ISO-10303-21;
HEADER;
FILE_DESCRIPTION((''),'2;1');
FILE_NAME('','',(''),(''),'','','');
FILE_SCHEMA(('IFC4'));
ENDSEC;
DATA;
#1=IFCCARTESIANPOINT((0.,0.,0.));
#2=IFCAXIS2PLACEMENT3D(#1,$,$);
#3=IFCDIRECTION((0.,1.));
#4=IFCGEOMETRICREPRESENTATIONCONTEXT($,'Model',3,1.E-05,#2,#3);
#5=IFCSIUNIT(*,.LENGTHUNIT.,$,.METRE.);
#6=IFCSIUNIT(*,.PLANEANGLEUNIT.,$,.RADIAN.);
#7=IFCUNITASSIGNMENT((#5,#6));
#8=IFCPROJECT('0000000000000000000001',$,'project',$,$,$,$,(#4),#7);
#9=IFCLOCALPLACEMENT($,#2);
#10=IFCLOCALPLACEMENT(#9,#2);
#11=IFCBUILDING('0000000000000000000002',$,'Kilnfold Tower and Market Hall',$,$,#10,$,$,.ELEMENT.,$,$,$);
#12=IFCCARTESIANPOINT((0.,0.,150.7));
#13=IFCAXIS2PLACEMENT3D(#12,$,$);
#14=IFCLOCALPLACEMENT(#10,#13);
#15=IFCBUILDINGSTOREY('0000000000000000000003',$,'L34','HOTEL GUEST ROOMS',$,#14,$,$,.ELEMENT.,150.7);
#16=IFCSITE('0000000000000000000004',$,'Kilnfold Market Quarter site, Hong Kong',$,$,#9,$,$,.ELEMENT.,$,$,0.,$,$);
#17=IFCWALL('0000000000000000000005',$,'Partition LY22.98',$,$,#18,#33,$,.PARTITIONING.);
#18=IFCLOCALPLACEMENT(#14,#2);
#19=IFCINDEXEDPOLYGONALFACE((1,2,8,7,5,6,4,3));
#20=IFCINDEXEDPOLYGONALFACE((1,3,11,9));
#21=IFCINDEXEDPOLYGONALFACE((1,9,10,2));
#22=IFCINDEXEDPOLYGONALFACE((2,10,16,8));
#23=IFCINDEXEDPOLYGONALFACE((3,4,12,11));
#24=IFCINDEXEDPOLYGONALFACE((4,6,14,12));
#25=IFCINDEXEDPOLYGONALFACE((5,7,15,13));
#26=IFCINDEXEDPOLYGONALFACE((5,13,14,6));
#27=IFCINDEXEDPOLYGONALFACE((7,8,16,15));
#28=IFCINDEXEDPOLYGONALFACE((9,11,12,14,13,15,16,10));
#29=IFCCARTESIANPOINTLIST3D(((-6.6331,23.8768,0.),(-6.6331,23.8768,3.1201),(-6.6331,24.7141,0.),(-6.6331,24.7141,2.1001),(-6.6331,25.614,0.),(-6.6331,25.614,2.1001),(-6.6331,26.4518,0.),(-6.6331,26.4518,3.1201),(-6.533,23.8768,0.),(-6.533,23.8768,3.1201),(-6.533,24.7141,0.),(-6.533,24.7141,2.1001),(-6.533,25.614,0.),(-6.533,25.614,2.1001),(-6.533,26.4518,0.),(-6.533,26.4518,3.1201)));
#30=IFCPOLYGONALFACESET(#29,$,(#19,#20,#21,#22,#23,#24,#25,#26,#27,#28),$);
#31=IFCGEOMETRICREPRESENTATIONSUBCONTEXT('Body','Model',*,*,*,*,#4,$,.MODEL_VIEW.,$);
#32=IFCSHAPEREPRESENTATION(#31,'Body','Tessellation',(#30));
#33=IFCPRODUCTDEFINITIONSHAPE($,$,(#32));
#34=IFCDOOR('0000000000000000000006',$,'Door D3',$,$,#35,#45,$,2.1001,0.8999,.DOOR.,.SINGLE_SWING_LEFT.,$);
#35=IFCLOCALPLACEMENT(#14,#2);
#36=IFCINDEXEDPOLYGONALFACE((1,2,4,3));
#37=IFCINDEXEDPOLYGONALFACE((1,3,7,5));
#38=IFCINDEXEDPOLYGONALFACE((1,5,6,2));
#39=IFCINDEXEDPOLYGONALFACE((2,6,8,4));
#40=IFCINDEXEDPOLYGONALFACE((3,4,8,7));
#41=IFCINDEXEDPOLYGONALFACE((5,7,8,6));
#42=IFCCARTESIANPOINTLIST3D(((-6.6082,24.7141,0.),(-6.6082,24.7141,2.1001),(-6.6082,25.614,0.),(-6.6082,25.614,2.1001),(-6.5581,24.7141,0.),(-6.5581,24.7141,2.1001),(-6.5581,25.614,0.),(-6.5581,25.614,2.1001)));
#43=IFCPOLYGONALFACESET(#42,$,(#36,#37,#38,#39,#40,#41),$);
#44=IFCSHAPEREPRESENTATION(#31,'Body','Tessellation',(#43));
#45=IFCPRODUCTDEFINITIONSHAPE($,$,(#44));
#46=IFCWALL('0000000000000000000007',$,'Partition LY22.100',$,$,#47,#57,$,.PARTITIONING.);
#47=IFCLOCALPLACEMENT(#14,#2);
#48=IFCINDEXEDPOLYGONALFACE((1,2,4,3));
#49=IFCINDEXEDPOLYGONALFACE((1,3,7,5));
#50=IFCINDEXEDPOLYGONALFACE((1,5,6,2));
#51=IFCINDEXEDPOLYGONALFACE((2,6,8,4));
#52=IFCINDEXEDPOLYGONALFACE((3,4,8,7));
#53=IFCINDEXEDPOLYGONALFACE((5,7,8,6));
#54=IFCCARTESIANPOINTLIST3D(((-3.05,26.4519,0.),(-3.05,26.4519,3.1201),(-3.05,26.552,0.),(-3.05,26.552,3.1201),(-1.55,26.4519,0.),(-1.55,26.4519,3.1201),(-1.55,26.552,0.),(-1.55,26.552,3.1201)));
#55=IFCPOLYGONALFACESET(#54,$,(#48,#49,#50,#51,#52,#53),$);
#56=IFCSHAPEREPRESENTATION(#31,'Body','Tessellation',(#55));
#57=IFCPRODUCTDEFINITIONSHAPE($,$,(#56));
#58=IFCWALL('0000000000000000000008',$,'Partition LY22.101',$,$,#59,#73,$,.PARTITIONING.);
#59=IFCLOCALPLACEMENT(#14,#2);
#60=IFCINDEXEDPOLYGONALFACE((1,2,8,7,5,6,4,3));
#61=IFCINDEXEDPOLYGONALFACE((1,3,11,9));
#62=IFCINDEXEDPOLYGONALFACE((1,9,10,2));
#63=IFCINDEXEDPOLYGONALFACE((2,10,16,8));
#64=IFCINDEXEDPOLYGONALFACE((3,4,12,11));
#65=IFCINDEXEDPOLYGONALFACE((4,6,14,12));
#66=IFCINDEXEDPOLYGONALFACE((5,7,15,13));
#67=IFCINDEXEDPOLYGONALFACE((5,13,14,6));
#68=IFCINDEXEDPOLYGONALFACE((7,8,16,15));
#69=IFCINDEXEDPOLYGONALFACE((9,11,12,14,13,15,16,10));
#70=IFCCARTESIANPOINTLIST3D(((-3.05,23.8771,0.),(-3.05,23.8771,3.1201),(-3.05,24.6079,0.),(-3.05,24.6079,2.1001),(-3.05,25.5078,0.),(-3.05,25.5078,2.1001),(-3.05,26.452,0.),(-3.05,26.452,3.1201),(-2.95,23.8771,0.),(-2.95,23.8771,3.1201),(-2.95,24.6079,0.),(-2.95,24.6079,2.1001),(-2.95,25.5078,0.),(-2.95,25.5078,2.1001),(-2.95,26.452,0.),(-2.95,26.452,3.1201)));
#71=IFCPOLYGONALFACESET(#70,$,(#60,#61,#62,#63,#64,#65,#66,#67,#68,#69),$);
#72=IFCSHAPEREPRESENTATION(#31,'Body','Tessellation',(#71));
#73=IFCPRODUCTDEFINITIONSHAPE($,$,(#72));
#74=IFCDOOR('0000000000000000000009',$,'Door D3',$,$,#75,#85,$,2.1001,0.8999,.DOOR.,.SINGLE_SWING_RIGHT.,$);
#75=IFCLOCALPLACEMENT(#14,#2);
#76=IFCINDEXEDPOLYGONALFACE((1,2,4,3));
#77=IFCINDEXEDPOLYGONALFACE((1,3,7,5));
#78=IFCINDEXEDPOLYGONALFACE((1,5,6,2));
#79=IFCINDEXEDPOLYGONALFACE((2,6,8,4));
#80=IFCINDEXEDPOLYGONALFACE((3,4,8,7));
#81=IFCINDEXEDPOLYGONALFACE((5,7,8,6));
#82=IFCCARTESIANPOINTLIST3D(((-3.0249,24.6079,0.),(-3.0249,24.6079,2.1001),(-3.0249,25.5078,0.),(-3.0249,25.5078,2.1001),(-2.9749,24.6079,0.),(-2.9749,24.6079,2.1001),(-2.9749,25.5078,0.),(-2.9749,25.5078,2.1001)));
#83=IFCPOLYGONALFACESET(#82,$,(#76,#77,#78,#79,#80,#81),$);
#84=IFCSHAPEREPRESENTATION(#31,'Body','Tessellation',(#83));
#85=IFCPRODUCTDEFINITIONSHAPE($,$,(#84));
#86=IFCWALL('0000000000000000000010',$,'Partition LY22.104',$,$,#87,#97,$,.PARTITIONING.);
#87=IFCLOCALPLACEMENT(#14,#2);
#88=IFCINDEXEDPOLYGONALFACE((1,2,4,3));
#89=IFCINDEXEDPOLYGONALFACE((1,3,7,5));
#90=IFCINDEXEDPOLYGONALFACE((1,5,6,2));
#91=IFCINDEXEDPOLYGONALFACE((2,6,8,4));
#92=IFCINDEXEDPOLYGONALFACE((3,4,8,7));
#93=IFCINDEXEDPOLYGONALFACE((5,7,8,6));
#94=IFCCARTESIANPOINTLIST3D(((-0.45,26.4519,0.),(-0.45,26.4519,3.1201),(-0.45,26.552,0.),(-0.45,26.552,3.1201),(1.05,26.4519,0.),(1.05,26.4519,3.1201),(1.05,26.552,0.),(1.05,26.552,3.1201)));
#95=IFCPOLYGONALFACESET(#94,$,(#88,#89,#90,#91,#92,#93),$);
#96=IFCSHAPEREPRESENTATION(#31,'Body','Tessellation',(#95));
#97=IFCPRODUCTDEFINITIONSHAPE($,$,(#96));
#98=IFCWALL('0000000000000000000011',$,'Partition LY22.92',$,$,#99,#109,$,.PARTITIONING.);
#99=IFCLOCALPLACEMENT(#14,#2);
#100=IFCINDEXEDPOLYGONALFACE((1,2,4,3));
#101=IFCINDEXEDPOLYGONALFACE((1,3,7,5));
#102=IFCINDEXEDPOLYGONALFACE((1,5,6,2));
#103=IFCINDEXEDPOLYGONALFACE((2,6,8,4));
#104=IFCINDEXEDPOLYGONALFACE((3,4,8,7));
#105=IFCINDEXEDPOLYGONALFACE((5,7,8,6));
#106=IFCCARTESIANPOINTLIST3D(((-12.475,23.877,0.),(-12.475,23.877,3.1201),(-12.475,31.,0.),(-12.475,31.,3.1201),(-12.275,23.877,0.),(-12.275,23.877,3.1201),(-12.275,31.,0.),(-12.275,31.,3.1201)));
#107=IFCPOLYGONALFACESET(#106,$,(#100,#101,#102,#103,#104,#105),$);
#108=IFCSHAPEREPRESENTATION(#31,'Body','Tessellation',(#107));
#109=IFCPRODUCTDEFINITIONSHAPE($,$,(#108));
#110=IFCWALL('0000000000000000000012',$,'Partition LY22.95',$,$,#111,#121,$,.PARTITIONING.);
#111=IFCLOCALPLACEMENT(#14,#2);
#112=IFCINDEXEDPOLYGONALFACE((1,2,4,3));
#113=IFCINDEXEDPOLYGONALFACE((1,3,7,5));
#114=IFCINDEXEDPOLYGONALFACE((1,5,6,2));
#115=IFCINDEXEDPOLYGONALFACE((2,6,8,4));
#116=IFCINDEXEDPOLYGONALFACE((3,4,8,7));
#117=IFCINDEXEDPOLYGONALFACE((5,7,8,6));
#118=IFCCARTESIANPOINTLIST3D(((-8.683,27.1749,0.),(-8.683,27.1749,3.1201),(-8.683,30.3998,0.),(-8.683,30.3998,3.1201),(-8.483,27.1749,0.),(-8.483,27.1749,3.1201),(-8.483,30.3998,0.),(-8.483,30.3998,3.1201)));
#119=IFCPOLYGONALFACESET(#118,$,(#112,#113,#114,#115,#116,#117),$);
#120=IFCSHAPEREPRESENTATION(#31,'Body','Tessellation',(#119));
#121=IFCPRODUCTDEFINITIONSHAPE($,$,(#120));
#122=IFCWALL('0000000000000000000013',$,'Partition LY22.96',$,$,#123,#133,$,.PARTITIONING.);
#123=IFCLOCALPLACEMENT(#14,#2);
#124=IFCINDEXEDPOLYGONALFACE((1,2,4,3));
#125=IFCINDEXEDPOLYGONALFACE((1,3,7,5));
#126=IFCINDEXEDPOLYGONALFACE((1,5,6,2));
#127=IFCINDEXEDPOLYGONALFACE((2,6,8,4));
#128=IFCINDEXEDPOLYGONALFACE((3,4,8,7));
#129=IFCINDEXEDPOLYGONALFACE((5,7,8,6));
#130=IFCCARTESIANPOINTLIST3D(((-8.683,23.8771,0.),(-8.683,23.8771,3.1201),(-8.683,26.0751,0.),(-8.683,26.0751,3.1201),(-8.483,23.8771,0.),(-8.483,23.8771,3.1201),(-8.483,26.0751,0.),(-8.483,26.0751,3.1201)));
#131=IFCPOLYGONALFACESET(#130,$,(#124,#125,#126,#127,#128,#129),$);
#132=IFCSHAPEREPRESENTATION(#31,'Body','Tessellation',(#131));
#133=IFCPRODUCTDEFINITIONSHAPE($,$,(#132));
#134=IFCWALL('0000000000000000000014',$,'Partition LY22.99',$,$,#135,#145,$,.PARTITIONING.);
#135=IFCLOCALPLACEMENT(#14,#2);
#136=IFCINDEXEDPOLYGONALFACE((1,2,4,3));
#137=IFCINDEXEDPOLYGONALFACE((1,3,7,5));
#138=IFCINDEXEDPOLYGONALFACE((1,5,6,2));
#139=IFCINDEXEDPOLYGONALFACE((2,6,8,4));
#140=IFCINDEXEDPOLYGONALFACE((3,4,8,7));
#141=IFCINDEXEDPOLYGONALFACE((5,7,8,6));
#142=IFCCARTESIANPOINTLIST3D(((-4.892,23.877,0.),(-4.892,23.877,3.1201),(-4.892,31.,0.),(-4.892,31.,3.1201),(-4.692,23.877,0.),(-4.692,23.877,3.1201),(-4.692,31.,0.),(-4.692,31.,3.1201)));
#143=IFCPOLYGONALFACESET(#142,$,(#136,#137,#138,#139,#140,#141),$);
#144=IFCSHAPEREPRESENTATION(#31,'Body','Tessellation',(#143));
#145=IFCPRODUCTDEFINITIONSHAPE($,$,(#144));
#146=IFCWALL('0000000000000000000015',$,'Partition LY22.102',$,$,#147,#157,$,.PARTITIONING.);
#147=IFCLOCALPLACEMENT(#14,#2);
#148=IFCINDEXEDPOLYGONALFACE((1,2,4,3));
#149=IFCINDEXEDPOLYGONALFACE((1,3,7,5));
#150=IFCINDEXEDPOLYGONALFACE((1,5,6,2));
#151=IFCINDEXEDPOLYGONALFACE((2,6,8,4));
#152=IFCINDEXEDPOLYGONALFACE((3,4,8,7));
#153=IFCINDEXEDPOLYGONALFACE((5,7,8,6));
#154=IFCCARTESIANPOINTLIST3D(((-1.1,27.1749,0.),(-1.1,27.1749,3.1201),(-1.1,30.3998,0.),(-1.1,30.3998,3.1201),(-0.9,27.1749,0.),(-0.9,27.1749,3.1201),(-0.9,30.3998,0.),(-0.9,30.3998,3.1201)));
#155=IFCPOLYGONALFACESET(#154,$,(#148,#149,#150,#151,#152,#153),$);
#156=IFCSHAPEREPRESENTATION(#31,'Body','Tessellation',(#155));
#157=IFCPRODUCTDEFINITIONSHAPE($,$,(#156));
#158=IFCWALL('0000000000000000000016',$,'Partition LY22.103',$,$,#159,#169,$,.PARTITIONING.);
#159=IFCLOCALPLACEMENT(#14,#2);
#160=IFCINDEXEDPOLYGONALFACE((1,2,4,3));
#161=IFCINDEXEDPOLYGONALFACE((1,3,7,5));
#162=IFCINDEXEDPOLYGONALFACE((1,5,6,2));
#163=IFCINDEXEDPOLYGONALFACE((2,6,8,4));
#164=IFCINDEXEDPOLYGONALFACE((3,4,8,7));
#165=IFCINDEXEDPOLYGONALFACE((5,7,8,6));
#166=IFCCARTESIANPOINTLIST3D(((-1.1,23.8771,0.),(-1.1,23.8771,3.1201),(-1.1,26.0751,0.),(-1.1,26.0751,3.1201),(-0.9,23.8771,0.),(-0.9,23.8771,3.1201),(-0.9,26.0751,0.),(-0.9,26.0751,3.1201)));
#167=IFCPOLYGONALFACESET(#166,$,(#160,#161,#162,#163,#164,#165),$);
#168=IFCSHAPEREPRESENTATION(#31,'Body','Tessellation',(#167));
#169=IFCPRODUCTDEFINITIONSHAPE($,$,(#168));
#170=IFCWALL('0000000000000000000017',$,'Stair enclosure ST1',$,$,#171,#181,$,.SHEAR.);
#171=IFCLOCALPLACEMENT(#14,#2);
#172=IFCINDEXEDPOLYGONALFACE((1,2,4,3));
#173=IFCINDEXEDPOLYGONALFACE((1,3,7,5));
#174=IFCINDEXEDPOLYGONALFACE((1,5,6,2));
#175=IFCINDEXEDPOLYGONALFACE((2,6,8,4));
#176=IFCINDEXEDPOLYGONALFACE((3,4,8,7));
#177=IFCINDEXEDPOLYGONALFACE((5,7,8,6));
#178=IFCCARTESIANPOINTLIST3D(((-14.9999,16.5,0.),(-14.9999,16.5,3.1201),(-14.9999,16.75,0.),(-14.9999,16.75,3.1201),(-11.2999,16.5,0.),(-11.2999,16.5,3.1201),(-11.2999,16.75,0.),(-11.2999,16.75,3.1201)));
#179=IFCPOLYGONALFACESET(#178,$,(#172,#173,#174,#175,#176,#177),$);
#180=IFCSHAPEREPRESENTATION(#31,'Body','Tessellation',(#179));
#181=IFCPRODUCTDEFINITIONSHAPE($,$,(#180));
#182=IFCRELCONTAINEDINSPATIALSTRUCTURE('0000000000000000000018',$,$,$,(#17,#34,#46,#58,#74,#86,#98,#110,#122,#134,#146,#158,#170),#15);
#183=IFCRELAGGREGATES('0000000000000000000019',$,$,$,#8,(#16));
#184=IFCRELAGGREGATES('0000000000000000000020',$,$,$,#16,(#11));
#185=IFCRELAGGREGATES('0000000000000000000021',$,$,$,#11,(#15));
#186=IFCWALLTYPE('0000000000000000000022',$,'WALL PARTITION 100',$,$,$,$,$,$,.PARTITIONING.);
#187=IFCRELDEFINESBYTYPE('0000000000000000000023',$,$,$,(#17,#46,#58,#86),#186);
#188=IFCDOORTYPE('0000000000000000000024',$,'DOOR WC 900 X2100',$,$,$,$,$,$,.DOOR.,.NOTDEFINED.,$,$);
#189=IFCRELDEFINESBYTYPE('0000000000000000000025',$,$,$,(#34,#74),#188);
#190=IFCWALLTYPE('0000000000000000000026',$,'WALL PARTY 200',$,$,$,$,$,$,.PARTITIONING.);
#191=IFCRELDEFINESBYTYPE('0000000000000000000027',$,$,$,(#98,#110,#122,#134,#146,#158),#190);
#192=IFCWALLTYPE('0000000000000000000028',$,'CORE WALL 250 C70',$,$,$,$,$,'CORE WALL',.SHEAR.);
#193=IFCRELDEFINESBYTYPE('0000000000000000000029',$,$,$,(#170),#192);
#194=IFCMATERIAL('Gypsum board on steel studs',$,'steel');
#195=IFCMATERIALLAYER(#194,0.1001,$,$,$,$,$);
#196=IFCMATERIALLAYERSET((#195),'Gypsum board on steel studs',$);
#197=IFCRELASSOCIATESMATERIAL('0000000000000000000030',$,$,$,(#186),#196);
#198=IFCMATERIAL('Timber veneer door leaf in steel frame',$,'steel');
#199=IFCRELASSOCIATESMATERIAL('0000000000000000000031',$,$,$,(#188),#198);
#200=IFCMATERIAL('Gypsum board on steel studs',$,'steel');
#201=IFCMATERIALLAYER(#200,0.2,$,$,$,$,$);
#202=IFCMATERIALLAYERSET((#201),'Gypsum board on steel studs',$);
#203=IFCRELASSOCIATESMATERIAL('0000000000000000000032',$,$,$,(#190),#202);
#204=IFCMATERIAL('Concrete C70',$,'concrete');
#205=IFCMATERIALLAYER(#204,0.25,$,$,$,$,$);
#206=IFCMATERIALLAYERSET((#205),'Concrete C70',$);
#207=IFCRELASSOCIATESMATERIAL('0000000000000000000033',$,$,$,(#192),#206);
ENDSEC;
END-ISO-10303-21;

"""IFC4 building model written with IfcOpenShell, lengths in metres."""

from ifc_helpers import new_model, si_unit, direction, frame, frame_2d, origin, place, context, subcontext, project, spatial, rectangle, extrude, source, transform, mapped, material, layer, layer_set, type_object, element, fill, save


model = new_model("IFC4")

# Units and contexts
model_context = context("Model", 3, precision=1e-05, world=origin(), true_north=direction((0.0, 1.0)))
body_context = subcontext(model_context, "Body", "Model", "MODEL_VIEW")
ifc_project = project(units=[si_unit("LENGTHUNIT", "METRE"), si_unit("PLANEANGLEUNIT", "RADIAN")], contexts=[model_context])

# Site, building, storey
site_placement = place(None, origin())
site = spatial("IfcSite", under=ifc_project, at=site_placement, Name="Kilnfold Market Quarter site, Hong Kong", CompositionType="ELEMENT", RefElevation=0.0)
building_placement = place(site_placement, origin())
building = spatial("IfcBuilding", under=site, at=building_placement, Name="Kilnfold Tower and Market Hall", CompositionType="ELEMENT")
storey_placement = place(building_placement, frame((0.0, 0.0, 150.7)))
storey = spatial("IfcBuildingStorey", under=building, at=storey_placement, Name="L34", Description="HOTEL GUEST ROOMS", CompositionType="ELEMENT", Elevation=150.7)

# Shared definitions
ifc_material_1 = material(Name="Gypsum board on steel studs", Category="steel")
ifc_layer_1 = layer(ifc_material_1, 0.1001)
ifc_layer_set_1 = layer_set([ifc_layer_1], Name="Gypsum board on steel studs")
wall_type_1 = type_object("IfcWallType", Name="WALL PARTITION 100", PredefinedType="PARTITIONING", material=ifc_layer_set_1)
ifc_material_2 = material(Name="Timber veneer door leaf in steel frame", Category="steel")
door_type = type_object("IfcDoorType", Name="DOOR WC 900 X2100", OperationType="NOTDEFINED", PredefinedType="DOOR", material=ifc_material_2)

# Wall, opening, door
wall_1_placement = place(storey_placement, frame((-6.583, 26.4519, 0.0), z_axis=(0.0, 0.0, 1.0), x_axis=(0.0, -1.0, 0.0)))
wall_1 = element("IfcWall", 1, at=wall_1_placement, inside=storey, type_object=wall_type_1, Name="Partition LY22.98", PredefinedType="PARTITIONING", context=body_context, shape_type="SweptSolid", body=[
    extrude(rectangle(XDim=2.575, YDim=0.1001, at=frame_2d((1.2876, 0.0))), origin(), (0.0, 0.0, 1.0), 3.1201),
])
opening_1_placement = place(wall_1_placement, frame((0.8379, 0.0, 0.0)))
opening_1 = element("IfcOpeningElement", 2, at=opening_1_placement, cuts=wall_1, PredefinedType="OPENING", context=body_context, shape_type="SweptSolid", body=[
    extrude(rectangle(XDim=0.8999, YDim=2.1001, at=frame_2d((0.45, 1.05))), frame((0.0, 0.0601, 0.0), z_axis=(0.0, -1.0, 0.0), x_axis=(1.0, 0.0, 0.0)), (0.0, 0.0, 1.0), 0.1201),
])
door_1_placement = place(opening_1_placement, origin())
door_1 = element("IfcDoor", 3, at=door_1_placement, inside=storey, type_object=door_type, Name="Door D3", OperationType="SINGLE_SWING_LEFT", OverallHeight=2.1001, OverallWidth=0.8999, PredefinedType="DOOR", context=body_context, shape_type="SweptSolid", body=[
    extrude(rectangle(XDim=0.8999, YDim=2.1001, at=frame_2d((0.45, 1.05))), frame((0.0, 0.0249, 0.0), z_axis=(0.0, -1.0, 0.0), x_axis=(1.0, 0.0, 0.0)), (0.0, 0.0, 1.0), 0.05),
])
fill(opening_1, door_1)

# Wall
wall_2_placement = place(storey_placement, frame((-3.05, 26.502, 0.0), z_axis=(0.0, 0.0, 1.0), x_axis=(1.0, 0.0, 0.0)))
element("IfcWall", 4, at=wall_2_placement, inside=storey, type_object=wall_type_1, Name="Partition LY22.100", PredefinedType="PARTITIONING", context=body_context, shape_type="SweptSolid", body=[
    extrude(rectangle(XDim=1.5, YDim=0.1001, at=frame_2d((0.75, 0.0))), origin(), (0.0, 0.0, 1.0), 3.1201),
])

# Wall, opening, door
wall_3_placement = place(storey_placement, frame((-3.0, 23.877, 0.0), z_axis=(0.0, 0.0, 1.0), x_axis=(0.0, 1.0, 0.0)))
wall_3 = element("IfcWall", 5, at=wall_3_placement, inside=storey, type_object=wall_type_1, Name="Partition LY22.101", PredefinedType="PARTITIONING", context=body_context, shape_type="SweptSolid", body=[
    extrude(rectangle(XDim=2.575, YDim=0.1001, at=frame_2d((1.2876, 0.0))), origin(), (0.0, 0.0, 1.0), 3.1201),
])
opening_2_placement = place(wall_3_placement, frame((0.731, 0.0, 0.0)))
opening_2 = element("IfcOpeningElement", 6, at=opening_2_placement, cuts=wall_3, PredefinedType="OPENING", context=body_context, shape_type="SweptSolid", body=[
    extrude(rectangle(XDim=0.8999, YDim=2.1001, at=frame_2d((0.45, 1.05))), frame((0.0, 0.0601, 0.0), z_axis=(0.0, -1.0, 0.0), x_axis=(1.0, 0.0, 0.0)), (0.0, 0.0, 1.0), 0.1201),
])
door_2_placement = place(opening_2_placement, origin())
door_2 = element("IfcDoor", 7, at=door_2_placement, inside=storey, type_object=door_type, Name="Door D3", OperationType="SINGLE_SWING_RIGHT", OverallHeight=2.1001, OverallWidth=0.8999, PredefinedType="DOOR", context=body_context, shape_type="SweptSolid", body=[
    extrude(rectangle(XDim=0.8999, YDim=2.1001, at=frame_2d((0.45, 1.05))), frame((0.0, 0.0249, 0.0), z_axis=(0.0, -1.0, 0.0), x_axis=(1.0, 0.0, 0.0)), (0.0, 0.0, 1.0), 0.05),
])
fill(opening_2, door_2)

# Walls
wall_4_placement = place(storey_placement, frame((-0.45, 26.502, 0.0), z_axis=(0.0, 0.0, 1.0), x_axis=(1.0, 0.0, 0.0)))
element("IfcWall", 8, at=wall_4_placement, inside=storey, type_object=wall_type_1, Name="Partition LY22.104", PredefinedType="PARTITIONING", context=body_context, shape_type="SweptSolid", body=[
    extrude(rectangle(XDim=1.5, YDim=0.1001, at=frame_2d((0.75, 0.0))), origin(), (0.0, 0.0, 1.0), 3.1201),
])
ifc_material_3 = material(Name="Gypsum board on steel studs", Category="steel")
ifc_layer_2 = layer(ifc_material_3, 0.2)
ifc_layer_set_2 = layer_set([ifc_layer_2], Name="Gypsum board on steel studs")
wall_type_2 = type_object("IfcWallType", Name="WALL PARTY 200", PredefinedType="PARTITIONING", material=ifc_layer_set_2)
wall_5_placement = place(storey_placement, frame((-12.375, 23.877, 0.0), z_axis=(0.0, 0.0, 1.0), x_axis=(0.0, 1.0, 0.0)))
element("IfcWall", 9, at=wall_5_placement, inside=storey, type_object=wall_type_2, Name="Partition LY22.92", PredefinedType="PARTITIONING", context=body_context, shape_type="SweptSolid", body=[
    extrude(rectangle(XDim=7.123, YDim=0.2, at=frame_2d((3.5615, 0.0))), origin(), (0.0, 0.0, 1.0), 3.1201),
])
wall_6_placement = place(storey_placement, frame((-8.583, 27.175, 0.0), z_axis=(0.0, 0.0, 1.0), x_axis=(0.0, 1.0, 0.0)))
element("IfcWall", 10, at=wall_6_placement, inside=storey, type_object=wall_type_2, Name="Partition LY22.95", PredefinedType="PARTITIONING", context=body_context, shape_type="SweptSolid", body=[
    extrude(rectangle(XDim=3.2249, YDim=0.2, at=frame_2d((1.6123, 0.0))), origin(), (0.0, 0.0, 1.0), 3.1201),
])
wall_7_placement = place(storey_placement, frame((-8.583, 23.877, 0.0), z_axis=(0.0, 0.0, 1.0), x_axis=(0.0, 1.0, 0.0)))
element("IfcWall", 11, at=wall_7_placement, inside=storey, type_object=wall_type_2, Name="Partition LY22.96", PredefinedType="PARTITIONING", context=body_context, shape_type="SweptSolid", body=[
    extrude(rectangle(XDim=2.198, YDim=0.2, at=frame_2d((1.0991, 0.0))), origin(), (0.0, 0.0, 1.0), 3.1201),
])
wall_8_placement = place(storey_placement, frame((-4.792, 23.877, 0.0), z_axis=(0.0, 0.0, 1.0), x_axis=(0.0, 1.0, 0.0)))
element("IfcWall", 12, at=wall_8_placement, inside=storey, type_object=wall_type_2, Name="Partition LY22.99", PredefinedType="PARTITIONING", context=body_context, shape_type="SweptSolid", body=[
    extrude(rectangle(XDim=7.123, YDim=0.2, at=frame_2d((3.5615, 0.0))), origin(), (0.0, 0.0, 1.0), 3.1201),
])
wall_9_placement = place(storey_placement, frame((-1.0, 27.175, 0.0), z_axis=(0.0, 0.0, 1.0), x_axis=(0.0, 1.0, 0.0)))
element("IfcWall", 13, at=wall_9_placement, inside=storey, type_object=wall_type_2, Name="Partition LY22.102", PredefinedType="PARTITIONING", context=body_context, shape_type="SweptSolid", body=[
    extrude(rectangle(XDim=3.2249, YDim=0.2, at=frame_2d((1.6123, 0.0))), origin(), (0.0, 0.0, 1.0), 3.1201),
])
wall_10_placement = place(storey_placement, frame((-1.0, 23.877, 0.0), z_axis=(0.0, 0.0, 1.0), x_axis=(0.0, 1.0, 0.0)))
element("IfcWall", 14, at=wall_10_placement, inside=storey, type_object=wall_type_2, Name="Partition LY22.103", PredefinedType="PARTITIONING", context=body_context, shape_type="SweptSolid", body=[
    extrude(rectangle(XDim=2.198, YDim=0.2, at=frame_2d((1.0991, 0.0))), origin(), (0.0, 0.0, 1.0), 3.1201),
])
ifc_material_4 = material(Name="Concrete C70", Category="concrete")
ifc_layer_3 = layer(ifc_material_4, 0.25)
ifc_layer_set_3 = layer_set([ifc_layer_3], Name="Concrete C70")
wall_type_3 = type_object("IfcWallType", Name="CORE WALL 250 C70", ElementType="CORE WALL", PredefinedType="SHEAR", material=ifc_layer_set_3)
shared_shape_1 = source(origin(), body_context, "Body", "SweptSolid", [
    extrude(rectangle(XDim=3.7, YDim=0.25, at=frame_2d((1.8501, 0.0))), origin(), (0.0, 0.0, 1.0), 3.1201),
])
wall_11_placement = place(storey_placement, frame((-15.0, 16.625, 0.0), z_axis=(0.0, 0.0, 1.0), x_axis=(1.0, 0.0, 0.0)))
element("IfcWall", 15, at=wall_11_placement, inside=storey, type_object=wall_type_3, Name="Stair enclosure ST1", PredefinedType="SHEAR", context=body_context, shape_type="MappedRepresentation", body=[
    mapped(shared_shape_1, transform((0.0, 0.0, 0.0))),
])

save(model, "model.ifc")
